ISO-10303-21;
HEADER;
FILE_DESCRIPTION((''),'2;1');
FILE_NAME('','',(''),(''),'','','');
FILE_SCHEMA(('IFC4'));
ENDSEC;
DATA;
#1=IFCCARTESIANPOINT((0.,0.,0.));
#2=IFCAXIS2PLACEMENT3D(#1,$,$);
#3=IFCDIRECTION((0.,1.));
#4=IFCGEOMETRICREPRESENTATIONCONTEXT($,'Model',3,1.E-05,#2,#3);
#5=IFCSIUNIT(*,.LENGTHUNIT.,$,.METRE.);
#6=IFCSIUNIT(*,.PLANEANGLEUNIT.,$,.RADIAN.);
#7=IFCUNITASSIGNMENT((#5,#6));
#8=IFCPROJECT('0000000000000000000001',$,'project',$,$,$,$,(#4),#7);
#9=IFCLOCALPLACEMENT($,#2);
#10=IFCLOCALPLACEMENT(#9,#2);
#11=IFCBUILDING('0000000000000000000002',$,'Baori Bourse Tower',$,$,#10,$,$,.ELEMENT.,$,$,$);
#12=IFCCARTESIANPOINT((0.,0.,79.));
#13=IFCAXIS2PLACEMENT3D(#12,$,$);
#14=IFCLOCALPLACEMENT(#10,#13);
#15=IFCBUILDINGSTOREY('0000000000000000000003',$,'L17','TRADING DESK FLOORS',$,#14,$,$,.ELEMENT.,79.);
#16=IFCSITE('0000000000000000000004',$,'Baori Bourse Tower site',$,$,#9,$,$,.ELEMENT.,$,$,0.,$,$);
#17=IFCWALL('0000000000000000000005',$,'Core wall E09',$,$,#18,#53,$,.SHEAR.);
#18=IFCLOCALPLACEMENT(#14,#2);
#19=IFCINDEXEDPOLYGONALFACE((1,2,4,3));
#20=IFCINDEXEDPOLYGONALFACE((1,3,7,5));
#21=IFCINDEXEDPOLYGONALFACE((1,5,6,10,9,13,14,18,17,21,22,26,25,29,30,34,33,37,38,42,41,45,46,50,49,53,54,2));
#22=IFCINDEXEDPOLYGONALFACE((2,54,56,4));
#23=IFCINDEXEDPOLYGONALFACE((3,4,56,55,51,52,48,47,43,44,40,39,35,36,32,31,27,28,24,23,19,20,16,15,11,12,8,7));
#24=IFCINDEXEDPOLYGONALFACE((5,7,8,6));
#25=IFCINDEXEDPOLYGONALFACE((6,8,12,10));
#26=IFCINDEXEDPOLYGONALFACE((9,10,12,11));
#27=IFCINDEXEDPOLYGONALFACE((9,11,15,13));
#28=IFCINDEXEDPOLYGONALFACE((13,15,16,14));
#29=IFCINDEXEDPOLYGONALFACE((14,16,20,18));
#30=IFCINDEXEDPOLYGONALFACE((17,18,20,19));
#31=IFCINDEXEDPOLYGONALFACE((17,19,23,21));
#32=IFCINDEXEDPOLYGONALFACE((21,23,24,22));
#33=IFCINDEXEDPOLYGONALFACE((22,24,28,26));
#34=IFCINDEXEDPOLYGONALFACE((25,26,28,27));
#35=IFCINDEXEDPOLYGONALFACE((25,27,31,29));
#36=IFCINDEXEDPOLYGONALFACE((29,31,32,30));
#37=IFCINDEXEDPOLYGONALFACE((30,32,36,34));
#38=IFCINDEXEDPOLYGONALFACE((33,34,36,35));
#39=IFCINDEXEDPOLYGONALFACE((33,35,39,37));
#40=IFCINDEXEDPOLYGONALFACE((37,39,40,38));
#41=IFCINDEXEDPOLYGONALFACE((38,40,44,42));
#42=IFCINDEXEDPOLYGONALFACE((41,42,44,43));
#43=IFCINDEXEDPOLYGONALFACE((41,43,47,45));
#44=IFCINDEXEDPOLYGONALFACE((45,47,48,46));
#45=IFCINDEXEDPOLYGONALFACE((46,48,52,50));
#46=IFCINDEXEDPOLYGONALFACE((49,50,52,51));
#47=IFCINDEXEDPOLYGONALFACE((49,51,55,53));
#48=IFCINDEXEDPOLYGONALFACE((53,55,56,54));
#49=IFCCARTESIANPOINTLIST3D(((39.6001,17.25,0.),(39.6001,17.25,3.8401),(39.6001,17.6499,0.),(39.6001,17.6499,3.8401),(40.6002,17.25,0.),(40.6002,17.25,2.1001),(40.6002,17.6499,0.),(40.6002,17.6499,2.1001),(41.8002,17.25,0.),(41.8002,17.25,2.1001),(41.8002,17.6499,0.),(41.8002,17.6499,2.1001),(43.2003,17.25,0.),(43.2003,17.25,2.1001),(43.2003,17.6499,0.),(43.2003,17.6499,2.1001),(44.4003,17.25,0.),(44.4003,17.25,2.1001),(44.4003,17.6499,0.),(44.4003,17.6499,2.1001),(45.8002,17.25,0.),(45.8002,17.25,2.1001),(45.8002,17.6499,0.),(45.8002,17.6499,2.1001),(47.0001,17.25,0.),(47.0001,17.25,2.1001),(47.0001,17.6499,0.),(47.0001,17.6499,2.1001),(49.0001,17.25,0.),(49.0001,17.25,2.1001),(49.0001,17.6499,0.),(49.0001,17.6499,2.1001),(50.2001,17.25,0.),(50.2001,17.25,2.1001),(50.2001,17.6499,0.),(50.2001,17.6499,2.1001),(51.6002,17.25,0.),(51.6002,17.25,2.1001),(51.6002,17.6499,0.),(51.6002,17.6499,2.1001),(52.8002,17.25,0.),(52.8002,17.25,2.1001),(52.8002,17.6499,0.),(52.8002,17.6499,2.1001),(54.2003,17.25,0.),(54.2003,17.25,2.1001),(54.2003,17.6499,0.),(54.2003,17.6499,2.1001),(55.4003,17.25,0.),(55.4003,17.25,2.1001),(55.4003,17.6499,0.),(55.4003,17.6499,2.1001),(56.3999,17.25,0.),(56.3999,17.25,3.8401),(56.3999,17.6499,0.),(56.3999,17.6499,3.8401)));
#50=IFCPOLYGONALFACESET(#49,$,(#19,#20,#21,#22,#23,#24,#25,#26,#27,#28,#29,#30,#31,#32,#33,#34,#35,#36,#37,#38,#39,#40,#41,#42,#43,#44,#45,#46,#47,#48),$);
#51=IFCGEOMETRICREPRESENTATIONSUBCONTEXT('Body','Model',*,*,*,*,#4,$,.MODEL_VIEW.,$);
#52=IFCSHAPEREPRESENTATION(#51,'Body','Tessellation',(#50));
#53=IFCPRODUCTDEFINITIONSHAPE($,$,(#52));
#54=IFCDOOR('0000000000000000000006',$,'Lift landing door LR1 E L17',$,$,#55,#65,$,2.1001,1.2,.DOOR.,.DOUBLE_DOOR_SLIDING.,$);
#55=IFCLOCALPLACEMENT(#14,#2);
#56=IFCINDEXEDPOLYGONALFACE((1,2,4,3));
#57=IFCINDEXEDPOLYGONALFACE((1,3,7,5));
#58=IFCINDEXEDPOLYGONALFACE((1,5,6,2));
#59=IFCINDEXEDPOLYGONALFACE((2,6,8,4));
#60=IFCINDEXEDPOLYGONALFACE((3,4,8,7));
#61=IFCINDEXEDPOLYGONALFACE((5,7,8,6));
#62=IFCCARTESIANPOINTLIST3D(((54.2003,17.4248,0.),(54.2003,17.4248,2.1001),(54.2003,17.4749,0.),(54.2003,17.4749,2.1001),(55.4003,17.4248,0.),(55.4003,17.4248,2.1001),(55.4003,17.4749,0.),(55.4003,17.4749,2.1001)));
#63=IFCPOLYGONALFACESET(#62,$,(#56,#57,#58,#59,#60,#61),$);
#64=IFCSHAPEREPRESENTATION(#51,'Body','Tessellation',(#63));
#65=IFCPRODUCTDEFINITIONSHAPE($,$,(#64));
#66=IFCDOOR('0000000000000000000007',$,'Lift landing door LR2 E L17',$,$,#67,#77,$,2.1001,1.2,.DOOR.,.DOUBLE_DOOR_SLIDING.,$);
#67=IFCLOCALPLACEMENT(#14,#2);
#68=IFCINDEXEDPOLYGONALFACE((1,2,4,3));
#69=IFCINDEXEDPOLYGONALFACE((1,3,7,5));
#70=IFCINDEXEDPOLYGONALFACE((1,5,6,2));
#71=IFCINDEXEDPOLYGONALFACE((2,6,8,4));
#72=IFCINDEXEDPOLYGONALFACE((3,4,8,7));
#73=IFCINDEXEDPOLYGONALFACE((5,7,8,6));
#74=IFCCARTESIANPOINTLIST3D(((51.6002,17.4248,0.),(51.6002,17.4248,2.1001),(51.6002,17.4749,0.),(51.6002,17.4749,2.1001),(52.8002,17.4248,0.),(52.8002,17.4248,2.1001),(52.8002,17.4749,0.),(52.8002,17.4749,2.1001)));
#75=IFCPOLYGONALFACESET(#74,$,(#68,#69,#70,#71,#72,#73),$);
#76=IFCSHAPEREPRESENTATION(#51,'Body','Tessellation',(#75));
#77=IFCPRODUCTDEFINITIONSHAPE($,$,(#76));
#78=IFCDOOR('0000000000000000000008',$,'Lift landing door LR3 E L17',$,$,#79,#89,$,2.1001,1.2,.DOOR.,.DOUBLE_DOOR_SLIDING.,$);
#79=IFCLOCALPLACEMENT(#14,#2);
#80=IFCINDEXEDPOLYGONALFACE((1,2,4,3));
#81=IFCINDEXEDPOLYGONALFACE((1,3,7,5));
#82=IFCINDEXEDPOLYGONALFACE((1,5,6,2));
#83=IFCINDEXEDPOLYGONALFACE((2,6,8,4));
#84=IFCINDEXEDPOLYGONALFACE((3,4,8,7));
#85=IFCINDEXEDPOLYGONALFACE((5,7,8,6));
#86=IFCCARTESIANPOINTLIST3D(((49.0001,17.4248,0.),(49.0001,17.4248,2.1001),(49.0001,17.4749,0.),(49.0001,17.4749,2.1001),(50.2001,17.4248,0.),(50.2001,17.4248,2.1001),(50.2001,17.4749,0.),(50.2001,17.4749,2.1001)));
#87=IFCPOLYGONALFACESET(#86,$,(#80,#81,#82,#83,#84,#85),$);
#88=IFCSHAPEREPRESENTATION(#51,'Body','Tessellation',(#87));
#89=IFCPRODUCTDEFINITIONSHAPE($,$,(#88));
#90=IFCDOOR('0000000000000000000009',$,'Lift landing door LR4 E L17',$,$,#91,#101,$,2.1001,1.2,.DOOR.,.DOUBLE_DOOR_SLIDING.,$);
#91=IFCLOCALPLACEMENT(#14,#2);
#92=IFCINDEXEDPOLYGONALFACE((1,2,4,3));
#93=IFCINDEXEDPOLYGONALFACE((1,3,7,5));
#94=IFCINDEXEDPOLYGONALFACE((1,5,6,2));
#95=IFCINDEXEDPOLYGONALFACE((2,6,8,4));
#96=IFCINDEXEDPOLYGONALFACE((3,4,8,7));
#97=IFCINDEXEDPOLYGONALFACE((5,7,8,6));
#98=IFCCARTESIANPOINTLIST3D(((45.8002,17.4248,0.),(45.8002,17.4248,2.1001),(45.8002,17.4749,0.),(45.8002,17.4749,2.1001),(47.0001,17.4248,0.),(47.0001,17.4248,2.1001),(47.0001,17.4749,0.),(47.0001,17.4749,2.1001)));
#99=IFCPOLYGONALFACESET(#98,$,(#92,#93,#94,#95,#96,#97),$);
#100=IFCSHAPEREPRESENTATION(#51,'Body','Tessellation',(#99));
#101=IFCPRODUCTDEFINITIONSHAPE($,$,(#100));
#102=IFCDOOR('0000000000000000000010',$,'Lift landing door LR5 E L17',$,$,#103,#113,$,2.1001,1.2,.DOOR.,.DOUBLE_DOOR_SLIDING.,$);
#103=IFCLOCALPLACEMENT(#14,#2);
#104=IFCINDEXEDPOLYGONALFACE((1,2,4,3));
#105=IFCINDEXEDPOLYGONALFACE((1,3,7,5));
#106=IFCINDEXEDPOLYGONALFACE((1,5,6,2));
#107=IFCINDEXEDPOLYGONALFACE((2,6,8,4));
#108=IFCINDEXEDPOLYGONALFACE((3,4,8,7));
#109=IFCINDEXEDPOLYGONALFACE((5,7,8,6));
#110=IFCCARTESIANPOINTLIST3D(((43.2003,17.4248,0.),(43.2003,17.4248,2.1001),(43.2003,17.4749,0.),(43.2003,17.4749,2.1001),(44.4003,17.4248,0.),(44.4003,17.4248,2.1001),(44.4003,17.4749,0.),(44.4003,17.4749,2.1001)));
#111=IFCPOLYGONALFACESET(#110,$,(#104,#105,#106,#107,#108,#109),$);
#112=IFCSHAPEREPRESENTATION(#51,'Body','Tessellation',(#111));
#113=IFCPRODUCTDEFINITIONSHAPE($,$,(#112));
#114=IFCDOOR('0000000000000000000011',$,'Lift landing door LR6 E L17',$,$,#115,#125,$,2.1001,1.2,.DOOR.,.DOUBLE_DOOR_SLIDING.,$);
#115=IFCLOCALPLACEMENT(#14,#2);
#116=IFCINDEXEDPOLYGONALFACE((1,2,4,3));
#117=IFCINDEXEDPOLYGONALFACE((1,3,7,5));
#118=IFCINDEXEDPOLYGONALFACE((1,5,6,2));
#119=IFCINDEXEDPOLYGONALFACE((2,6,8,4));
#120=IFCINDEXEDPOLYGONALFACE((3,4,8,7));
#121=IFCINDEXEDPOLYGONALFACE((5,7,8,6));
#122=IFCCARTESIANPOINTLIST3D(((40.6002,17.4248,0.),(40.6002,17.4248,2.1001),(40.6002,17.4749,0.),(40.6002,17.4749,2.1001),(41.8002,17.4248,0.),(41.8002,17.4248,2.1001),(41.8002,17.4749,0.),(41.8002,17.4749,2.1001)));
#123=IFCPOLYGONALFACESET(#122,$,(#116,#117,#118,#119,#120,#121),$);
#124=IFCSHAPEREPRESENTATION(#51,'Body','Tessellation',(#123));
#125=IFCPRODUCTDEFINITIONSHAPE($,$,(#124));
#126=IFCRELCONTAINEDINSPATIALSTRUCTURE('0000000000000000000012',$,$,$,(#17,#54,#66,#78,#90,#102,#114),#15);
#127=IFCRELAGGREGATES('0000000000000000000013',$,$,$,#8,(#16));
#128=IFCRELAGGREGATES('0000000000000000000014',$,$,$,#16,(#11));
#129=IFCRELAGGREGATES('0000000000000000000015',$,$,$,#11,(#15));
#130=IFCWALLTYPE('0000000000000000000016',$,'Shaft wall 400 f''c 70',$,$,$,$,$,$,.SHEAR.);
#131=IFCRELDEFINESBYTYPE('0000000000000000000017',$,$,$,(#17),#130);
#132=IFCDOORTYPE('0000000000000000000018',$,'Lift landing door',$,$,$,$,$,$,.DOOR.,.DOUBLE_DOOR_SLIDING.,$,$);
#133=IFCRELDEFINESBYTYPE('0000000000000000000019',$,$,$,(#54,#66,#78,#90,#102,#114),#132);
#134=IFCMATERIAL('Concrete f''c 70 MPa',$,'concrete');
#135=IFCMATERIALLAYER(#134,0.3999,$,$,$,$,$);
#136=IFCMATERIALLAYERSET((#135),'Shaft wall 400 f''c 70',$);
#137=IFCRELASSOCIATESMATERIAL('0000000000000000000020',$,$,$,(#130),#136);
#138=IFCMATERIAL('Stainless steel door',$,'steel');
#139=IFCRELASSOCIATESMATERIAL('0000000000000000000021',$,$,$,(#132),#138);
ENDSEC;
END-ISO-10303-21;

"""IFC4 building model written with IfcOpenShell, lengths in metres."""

from ifc_helpers import new_model, si_unit, direction, frame, frame_2d, origin, place, context, subcontext, project, spatial, rectangle, extrude, material, layer, layer_set, type_object, element, fill, save


model = new_model("IFC4")

# Units and contexts
model_context = context("Model", 3, precision=1e-05, world=origin(), true_north=direction((0.0, 1.0)))
body_context = subcontext(model_context, "Body", "Model", "MODEL_VIEW")
ifc_project = project(units=[si_unit("LENGTHUNIT", "METRE"), si_unit("PLANEANGLEUNIT", "RADIAN")], contexts=[model_context])

# Site, building, storey
site_placement = place(None, origin())
site = spatial("IfcSite", under=ifc_project, at=site_placement, Name="Baori Bourse Tower site", CompositionType="ELEMENT", RefElevation=0.0)
building_placement = place(site_placement, origin())
building = spatial("IfcBuilding", under=site, at=building_placement, Name="Baori Bourse Tower", CompositionType="ELEMENT")
storey_placement = place(building_placement, frame((0.0, 0.0, 79.0)))
storey = spatial("IfcBuildingStorey", under=building, at=storey_placement, Name="L17", Description="TRADING DESK FLOORS", CompositionType="ELEMENT", Elevation=79.0)

# Shared definitions
ifc_material_1 = material(Name="Concrete f'c 70 MPa", Category="concrete")
ifc_layer_1 = layer(ifc_material_1, 0.3999)
ifc_layer_set_1 = layer_set([ifc_layer_1], Name="Shaft wall 400 f'c 70")
wall_type_1 = type_object("IfcWallType", Name="Shaft wall 400 f'c 70", PredefinedType="SHEAR", material=ifc_layer_set_1)

# Wall, openings, doors
wall_1_placement = place(storey_placement, frame((39.6001, 17.45, 0.0), z_axis=(0.0, 0.0, 1.0), x_axis=(1.0, 0.0, 0.0)))
wall_1 = element("IfcWall", 1, at=wall_1_placement, inside=storey, type_object=wall_type_1, Name="Core wall E09", PredefinedType="SHEAR", context=body_context, shape_type="SweptSolid", body=[
    extrude(rectangle(XDim=16.7998, YDim=0.3999, at=frame_2d((8.3999, 0.0))), origin(), (0.0, 0.0, 1.0), 3.8401),
])
opening_1_placement = place(wall_1_placement, frame((14.6001, 0.0, 0.0)))
opening_1 = element("IfcOpeningElement", 2, at=opening_1_placement, cuts=wall_1, PredefinedType="OPENING", context=body_context, shape_type="SweptSolid", body=[
    extrude(rectangle(XDim=1.2, YDim=2.1001, at=frame_2d((0.6001, 1.05))), frame((0.0, 0.21, 0.0), z_axis=(0.0, -1.0, 0.0), x_axis=(1.0, 0.0, 0.0)), (0.0, 0.0, 1.0), 0.4199),
])
opening_2_placement = place(wall_1_placement, frame((12.0, 0.0, 0.0)))
opening_2 = element("IfcOpeningElement", 3, at=opening_2_placement, cuts=wall_1, PredefinedType="OPENING", context=body_context, shape_type="SweptSolid", body=[
    extrude(rectangle(XDim=1.2, YDim=2.1001, at=frame_2d((0.6001, 1.05))), frame((0.0, 0.21, 0.0), z_axis=(0.0, -1.0, 0.0), x_axis=(1.0, 0.0, 0.0)), (0.0, 0.0, 1.0), 0.4199),
])
opening_3_placement = place(wall_1_placement, frame((9.3999, 0.0, 0.0)))
opening_3 = element("IfcOpeningElement", 4, at=opening_3_placement, cuts=wall_1, PredefinedType="OPENING", context=body_context, shape_type="SweptSolid", body=[
    extrude(rectangle(XDim=1.2, YDim=2.1001, at=frame_2d((0.6001, 1.05))), frame((0.0, 0.21, 0.0), z_axis=(0.0, -1.0, 0.0), x_axis=(1.0, 0.0, 0.0)), (0.0, 0.0, 1.0), 0.4199),
])
opening_4_placement = place(wall_1_placement, frame((6.2, 0.0, 0.0)))
opening_4 = element("IfcOpeningElement", 5, at=opening_4_placement, cuts=wall_1, PredefinedType="OPENING", context=body_context, shape_type="SweptSolid", body=[
    extrude(rectangle(XDim=1.2, YDim=2.1001, at=frame_2d((0.6001, 1.05))), frame((0.0, 0.21, 0.0), z_axis=(0.0, -1.0, 0.0), x_axis=(1.0, 0.0, 0.0)), (0.0, 0.0, 1.0), 0.4199),
])
opening_5_placement = place(wall_1_placement, frame((3.6001, 0.0, 0.0)))
opening_5 = element("IfcOpeningElement", 6, at=opening_5_placement, cuts=wall_1, PredefinedType="OPENING", context=body_context, shape_type="SweptSolid", body=[
    extrude(rectangle(XDim=1.2, YDim=2.1001, at=frame_2d((0.6001, 1.05))), frame((0.0, 0.21, 0.0), z_axis=(0.0, -1.0, 0.0), x_axis=(1.0, 0.0, 0.0)), (0.0, 0.0, 1.0), 0.4199),
])
opening_6_placement = place(wall_1_placement, frame((1.0, 0.0, 0.0)))
opening_6 = element("IfcOpeningElement", 7, at=opening_6_placement, cuts=wall_1, PredefinedType="OPENING", context=body_context, shape_type="SweptSolid", body=[
    extrude(rectangle(XDim=1.2, YDim=2.1001, at=frame_2d((0.6001, 1.05))), frame((0.0, 0.21, 0.0), z_axis=(0.0, -1.0, 0.0), x_axis=(1.0, 0.0, 0.0)), (0.0, 0.0, 1.0), 0.4199),
])
ifc_material_2 = material(Name="Stainless steel door", Category="steel")
door_type_1 = type_object("IfcDoorType", Name="Lift landing door", OperationType="DOUBLE_DOOR_SLIDING", PredefinedType="DOOR", material=ifc_material_2)
door_1_placement = place(opening_1_placement, origin())
door_1 = element("IfcDoor", 8, at=door_1_placement, inside=storey, type_object=door_type_1, Name="Lift landing door LR1 E L17", OperationType="DOUBLE_DOOR_SLIDING", OverallHeight=2.1001, OverallWidth=1.2, PredefinedType="DOOR", context=body_context, shape_type="SweptSolid", body=[
    extrude(rectangle(XDim=1.2, YDim=2.1001, at=frame_2d((0.6001, 1.05))), frame((0.0, 0.0249, 0.0), z_axis=(0.0, -1.0, 0.0), x_axis=(1.0, 0.0, 0.0)), (0.0, 0.0, 1.0), 0.05),
])
fill(opening_1, door_1)
door_2_placement = place(opening_2_placement, origin())
door_2 = element("IfcDoor", 9, at=door_2_placement, inside=storey, type_object=door_type_1, Name="Lift landing door LR2 E L17", OperationType="DOUBLE_DOOR_SLIDING", OverallHeight=2.1001, OverallWidth=1.2, PredefinedType="DOOR", context=body_context, shape_type="SweptSolid", body=[
    extrude(rectangle(XDim=1.2, YDim=2.1001, at=frame_2d((0.6001, 1.05))), frame((0.0, 0.0249, 0.0), z_axis=(0.0, -1.0, 0.0), x_axis=(1.0, 0.0, 0.0)), (0.0, 0.0, 1.0), 0.05),
])
fill(opening_2, door_2)
door_3_placement = place(opening_3_placement, origin())
door_3 = element("IfcDoor", 10, at=door_3_placement, inside=storey, type_object=door_type_1, Name="Lift landing door LR3 E L17", OperationType="DOUBLE_DOOR_SLIDING", OverallHeight=2.1001, OverallWidth=1.2, PredefinedType="DOOR", context=body_context, shape_type="SweptSolid", body=[
    extrude(rectangle(XDim=1.2, YDim=2.1001, at=frame_2d((0.6001, 1.05))), frame((0.0, 0.0249, 0.0), z_axis=(0.0, -1.0, 0.0), x_axis=(1.0, 0.0, 0.0)), (0.0, 0.0, 1.0), 0.05),
])
fill(opening_3, door_3)
door_4_placement = place(opening_4_placement, origin())
door_4 = element("IfcDoor", 11, at=door_4_placement, inside=storey, type_object=door_type_1, Name="Lift landing door LR4 E L17", OperationType="DOUBLE_DOOR_SLIDING", OverallHeight=2.1001, OverallWidth=1.2, PredefinedType="DOOR", context=body_context, shape_type="SweptSolid", body=[
    extrude(rectangle(XDim=1.2, YDim=2.1001, at=frame_2d((0.6001, 1.05))), frame((0.0, 0.0249, 0.0), z_axis=(0.0, -1.0, 0.0), x_axis=(1.0, 0.0, 0.0)), (0.0, 0.0, 1.0), 0.05),
])
fill(opening_4, door_4)
door_5_placement = place(opening_5_placement, origin())
door_5 = element("IfcDoor", 12, at=door_5_placement, inside=storey, type_object=door_type_1, Name="Lift landing door LR5 E L17", OperationType="DOUBLE_DOOR_SLIDING", OverallHeight=2.1001, OverallWidth=1.2, PredefinedType="DOOR", context=body_context, shape_type="SweptSolid", body=[
    extrude(rectangle(XDim=1.2, YDim=2.1001, at=frame_2d((0.6001, 1.05))), frame((0.0, 0.0249, 0.0), z_axis=(0.0, -1.0, 0.0), x_axis=(1.0, 0.0, 0.0)), (0.0, 0.0, 1.0), 0.05),
])
fill(opening_5, door_5)
door_6_placement = place(opening_6_placement, origin())
door_6 = element("IfcDoor", 13, at=door_6_placement, inside=storey, type_object=door_type_1, Name="Lift landing door LR6 E L17", OperationType="DOUBLE_DOOR_SLIDING", OverallHeight=2.1001, OverallWidth=1.2, PredefinedType="DOOR", context=body_context, shape_type="SweptSolid", body=[
    extrude(rectangle(XDim=1.2, YDim=2.1001, at=frame_2d((0.6001, 1.05))), frame((0.0, 0.0249, 0.0), z_axis=(0.0, -1.0, 0.0), x_axis=(1.0, 0.0, 0.0)), (0.0, 0.0, 1.0), 0.05),
])
fill(opening_6, door_6)

save(model, "model.ifc")
